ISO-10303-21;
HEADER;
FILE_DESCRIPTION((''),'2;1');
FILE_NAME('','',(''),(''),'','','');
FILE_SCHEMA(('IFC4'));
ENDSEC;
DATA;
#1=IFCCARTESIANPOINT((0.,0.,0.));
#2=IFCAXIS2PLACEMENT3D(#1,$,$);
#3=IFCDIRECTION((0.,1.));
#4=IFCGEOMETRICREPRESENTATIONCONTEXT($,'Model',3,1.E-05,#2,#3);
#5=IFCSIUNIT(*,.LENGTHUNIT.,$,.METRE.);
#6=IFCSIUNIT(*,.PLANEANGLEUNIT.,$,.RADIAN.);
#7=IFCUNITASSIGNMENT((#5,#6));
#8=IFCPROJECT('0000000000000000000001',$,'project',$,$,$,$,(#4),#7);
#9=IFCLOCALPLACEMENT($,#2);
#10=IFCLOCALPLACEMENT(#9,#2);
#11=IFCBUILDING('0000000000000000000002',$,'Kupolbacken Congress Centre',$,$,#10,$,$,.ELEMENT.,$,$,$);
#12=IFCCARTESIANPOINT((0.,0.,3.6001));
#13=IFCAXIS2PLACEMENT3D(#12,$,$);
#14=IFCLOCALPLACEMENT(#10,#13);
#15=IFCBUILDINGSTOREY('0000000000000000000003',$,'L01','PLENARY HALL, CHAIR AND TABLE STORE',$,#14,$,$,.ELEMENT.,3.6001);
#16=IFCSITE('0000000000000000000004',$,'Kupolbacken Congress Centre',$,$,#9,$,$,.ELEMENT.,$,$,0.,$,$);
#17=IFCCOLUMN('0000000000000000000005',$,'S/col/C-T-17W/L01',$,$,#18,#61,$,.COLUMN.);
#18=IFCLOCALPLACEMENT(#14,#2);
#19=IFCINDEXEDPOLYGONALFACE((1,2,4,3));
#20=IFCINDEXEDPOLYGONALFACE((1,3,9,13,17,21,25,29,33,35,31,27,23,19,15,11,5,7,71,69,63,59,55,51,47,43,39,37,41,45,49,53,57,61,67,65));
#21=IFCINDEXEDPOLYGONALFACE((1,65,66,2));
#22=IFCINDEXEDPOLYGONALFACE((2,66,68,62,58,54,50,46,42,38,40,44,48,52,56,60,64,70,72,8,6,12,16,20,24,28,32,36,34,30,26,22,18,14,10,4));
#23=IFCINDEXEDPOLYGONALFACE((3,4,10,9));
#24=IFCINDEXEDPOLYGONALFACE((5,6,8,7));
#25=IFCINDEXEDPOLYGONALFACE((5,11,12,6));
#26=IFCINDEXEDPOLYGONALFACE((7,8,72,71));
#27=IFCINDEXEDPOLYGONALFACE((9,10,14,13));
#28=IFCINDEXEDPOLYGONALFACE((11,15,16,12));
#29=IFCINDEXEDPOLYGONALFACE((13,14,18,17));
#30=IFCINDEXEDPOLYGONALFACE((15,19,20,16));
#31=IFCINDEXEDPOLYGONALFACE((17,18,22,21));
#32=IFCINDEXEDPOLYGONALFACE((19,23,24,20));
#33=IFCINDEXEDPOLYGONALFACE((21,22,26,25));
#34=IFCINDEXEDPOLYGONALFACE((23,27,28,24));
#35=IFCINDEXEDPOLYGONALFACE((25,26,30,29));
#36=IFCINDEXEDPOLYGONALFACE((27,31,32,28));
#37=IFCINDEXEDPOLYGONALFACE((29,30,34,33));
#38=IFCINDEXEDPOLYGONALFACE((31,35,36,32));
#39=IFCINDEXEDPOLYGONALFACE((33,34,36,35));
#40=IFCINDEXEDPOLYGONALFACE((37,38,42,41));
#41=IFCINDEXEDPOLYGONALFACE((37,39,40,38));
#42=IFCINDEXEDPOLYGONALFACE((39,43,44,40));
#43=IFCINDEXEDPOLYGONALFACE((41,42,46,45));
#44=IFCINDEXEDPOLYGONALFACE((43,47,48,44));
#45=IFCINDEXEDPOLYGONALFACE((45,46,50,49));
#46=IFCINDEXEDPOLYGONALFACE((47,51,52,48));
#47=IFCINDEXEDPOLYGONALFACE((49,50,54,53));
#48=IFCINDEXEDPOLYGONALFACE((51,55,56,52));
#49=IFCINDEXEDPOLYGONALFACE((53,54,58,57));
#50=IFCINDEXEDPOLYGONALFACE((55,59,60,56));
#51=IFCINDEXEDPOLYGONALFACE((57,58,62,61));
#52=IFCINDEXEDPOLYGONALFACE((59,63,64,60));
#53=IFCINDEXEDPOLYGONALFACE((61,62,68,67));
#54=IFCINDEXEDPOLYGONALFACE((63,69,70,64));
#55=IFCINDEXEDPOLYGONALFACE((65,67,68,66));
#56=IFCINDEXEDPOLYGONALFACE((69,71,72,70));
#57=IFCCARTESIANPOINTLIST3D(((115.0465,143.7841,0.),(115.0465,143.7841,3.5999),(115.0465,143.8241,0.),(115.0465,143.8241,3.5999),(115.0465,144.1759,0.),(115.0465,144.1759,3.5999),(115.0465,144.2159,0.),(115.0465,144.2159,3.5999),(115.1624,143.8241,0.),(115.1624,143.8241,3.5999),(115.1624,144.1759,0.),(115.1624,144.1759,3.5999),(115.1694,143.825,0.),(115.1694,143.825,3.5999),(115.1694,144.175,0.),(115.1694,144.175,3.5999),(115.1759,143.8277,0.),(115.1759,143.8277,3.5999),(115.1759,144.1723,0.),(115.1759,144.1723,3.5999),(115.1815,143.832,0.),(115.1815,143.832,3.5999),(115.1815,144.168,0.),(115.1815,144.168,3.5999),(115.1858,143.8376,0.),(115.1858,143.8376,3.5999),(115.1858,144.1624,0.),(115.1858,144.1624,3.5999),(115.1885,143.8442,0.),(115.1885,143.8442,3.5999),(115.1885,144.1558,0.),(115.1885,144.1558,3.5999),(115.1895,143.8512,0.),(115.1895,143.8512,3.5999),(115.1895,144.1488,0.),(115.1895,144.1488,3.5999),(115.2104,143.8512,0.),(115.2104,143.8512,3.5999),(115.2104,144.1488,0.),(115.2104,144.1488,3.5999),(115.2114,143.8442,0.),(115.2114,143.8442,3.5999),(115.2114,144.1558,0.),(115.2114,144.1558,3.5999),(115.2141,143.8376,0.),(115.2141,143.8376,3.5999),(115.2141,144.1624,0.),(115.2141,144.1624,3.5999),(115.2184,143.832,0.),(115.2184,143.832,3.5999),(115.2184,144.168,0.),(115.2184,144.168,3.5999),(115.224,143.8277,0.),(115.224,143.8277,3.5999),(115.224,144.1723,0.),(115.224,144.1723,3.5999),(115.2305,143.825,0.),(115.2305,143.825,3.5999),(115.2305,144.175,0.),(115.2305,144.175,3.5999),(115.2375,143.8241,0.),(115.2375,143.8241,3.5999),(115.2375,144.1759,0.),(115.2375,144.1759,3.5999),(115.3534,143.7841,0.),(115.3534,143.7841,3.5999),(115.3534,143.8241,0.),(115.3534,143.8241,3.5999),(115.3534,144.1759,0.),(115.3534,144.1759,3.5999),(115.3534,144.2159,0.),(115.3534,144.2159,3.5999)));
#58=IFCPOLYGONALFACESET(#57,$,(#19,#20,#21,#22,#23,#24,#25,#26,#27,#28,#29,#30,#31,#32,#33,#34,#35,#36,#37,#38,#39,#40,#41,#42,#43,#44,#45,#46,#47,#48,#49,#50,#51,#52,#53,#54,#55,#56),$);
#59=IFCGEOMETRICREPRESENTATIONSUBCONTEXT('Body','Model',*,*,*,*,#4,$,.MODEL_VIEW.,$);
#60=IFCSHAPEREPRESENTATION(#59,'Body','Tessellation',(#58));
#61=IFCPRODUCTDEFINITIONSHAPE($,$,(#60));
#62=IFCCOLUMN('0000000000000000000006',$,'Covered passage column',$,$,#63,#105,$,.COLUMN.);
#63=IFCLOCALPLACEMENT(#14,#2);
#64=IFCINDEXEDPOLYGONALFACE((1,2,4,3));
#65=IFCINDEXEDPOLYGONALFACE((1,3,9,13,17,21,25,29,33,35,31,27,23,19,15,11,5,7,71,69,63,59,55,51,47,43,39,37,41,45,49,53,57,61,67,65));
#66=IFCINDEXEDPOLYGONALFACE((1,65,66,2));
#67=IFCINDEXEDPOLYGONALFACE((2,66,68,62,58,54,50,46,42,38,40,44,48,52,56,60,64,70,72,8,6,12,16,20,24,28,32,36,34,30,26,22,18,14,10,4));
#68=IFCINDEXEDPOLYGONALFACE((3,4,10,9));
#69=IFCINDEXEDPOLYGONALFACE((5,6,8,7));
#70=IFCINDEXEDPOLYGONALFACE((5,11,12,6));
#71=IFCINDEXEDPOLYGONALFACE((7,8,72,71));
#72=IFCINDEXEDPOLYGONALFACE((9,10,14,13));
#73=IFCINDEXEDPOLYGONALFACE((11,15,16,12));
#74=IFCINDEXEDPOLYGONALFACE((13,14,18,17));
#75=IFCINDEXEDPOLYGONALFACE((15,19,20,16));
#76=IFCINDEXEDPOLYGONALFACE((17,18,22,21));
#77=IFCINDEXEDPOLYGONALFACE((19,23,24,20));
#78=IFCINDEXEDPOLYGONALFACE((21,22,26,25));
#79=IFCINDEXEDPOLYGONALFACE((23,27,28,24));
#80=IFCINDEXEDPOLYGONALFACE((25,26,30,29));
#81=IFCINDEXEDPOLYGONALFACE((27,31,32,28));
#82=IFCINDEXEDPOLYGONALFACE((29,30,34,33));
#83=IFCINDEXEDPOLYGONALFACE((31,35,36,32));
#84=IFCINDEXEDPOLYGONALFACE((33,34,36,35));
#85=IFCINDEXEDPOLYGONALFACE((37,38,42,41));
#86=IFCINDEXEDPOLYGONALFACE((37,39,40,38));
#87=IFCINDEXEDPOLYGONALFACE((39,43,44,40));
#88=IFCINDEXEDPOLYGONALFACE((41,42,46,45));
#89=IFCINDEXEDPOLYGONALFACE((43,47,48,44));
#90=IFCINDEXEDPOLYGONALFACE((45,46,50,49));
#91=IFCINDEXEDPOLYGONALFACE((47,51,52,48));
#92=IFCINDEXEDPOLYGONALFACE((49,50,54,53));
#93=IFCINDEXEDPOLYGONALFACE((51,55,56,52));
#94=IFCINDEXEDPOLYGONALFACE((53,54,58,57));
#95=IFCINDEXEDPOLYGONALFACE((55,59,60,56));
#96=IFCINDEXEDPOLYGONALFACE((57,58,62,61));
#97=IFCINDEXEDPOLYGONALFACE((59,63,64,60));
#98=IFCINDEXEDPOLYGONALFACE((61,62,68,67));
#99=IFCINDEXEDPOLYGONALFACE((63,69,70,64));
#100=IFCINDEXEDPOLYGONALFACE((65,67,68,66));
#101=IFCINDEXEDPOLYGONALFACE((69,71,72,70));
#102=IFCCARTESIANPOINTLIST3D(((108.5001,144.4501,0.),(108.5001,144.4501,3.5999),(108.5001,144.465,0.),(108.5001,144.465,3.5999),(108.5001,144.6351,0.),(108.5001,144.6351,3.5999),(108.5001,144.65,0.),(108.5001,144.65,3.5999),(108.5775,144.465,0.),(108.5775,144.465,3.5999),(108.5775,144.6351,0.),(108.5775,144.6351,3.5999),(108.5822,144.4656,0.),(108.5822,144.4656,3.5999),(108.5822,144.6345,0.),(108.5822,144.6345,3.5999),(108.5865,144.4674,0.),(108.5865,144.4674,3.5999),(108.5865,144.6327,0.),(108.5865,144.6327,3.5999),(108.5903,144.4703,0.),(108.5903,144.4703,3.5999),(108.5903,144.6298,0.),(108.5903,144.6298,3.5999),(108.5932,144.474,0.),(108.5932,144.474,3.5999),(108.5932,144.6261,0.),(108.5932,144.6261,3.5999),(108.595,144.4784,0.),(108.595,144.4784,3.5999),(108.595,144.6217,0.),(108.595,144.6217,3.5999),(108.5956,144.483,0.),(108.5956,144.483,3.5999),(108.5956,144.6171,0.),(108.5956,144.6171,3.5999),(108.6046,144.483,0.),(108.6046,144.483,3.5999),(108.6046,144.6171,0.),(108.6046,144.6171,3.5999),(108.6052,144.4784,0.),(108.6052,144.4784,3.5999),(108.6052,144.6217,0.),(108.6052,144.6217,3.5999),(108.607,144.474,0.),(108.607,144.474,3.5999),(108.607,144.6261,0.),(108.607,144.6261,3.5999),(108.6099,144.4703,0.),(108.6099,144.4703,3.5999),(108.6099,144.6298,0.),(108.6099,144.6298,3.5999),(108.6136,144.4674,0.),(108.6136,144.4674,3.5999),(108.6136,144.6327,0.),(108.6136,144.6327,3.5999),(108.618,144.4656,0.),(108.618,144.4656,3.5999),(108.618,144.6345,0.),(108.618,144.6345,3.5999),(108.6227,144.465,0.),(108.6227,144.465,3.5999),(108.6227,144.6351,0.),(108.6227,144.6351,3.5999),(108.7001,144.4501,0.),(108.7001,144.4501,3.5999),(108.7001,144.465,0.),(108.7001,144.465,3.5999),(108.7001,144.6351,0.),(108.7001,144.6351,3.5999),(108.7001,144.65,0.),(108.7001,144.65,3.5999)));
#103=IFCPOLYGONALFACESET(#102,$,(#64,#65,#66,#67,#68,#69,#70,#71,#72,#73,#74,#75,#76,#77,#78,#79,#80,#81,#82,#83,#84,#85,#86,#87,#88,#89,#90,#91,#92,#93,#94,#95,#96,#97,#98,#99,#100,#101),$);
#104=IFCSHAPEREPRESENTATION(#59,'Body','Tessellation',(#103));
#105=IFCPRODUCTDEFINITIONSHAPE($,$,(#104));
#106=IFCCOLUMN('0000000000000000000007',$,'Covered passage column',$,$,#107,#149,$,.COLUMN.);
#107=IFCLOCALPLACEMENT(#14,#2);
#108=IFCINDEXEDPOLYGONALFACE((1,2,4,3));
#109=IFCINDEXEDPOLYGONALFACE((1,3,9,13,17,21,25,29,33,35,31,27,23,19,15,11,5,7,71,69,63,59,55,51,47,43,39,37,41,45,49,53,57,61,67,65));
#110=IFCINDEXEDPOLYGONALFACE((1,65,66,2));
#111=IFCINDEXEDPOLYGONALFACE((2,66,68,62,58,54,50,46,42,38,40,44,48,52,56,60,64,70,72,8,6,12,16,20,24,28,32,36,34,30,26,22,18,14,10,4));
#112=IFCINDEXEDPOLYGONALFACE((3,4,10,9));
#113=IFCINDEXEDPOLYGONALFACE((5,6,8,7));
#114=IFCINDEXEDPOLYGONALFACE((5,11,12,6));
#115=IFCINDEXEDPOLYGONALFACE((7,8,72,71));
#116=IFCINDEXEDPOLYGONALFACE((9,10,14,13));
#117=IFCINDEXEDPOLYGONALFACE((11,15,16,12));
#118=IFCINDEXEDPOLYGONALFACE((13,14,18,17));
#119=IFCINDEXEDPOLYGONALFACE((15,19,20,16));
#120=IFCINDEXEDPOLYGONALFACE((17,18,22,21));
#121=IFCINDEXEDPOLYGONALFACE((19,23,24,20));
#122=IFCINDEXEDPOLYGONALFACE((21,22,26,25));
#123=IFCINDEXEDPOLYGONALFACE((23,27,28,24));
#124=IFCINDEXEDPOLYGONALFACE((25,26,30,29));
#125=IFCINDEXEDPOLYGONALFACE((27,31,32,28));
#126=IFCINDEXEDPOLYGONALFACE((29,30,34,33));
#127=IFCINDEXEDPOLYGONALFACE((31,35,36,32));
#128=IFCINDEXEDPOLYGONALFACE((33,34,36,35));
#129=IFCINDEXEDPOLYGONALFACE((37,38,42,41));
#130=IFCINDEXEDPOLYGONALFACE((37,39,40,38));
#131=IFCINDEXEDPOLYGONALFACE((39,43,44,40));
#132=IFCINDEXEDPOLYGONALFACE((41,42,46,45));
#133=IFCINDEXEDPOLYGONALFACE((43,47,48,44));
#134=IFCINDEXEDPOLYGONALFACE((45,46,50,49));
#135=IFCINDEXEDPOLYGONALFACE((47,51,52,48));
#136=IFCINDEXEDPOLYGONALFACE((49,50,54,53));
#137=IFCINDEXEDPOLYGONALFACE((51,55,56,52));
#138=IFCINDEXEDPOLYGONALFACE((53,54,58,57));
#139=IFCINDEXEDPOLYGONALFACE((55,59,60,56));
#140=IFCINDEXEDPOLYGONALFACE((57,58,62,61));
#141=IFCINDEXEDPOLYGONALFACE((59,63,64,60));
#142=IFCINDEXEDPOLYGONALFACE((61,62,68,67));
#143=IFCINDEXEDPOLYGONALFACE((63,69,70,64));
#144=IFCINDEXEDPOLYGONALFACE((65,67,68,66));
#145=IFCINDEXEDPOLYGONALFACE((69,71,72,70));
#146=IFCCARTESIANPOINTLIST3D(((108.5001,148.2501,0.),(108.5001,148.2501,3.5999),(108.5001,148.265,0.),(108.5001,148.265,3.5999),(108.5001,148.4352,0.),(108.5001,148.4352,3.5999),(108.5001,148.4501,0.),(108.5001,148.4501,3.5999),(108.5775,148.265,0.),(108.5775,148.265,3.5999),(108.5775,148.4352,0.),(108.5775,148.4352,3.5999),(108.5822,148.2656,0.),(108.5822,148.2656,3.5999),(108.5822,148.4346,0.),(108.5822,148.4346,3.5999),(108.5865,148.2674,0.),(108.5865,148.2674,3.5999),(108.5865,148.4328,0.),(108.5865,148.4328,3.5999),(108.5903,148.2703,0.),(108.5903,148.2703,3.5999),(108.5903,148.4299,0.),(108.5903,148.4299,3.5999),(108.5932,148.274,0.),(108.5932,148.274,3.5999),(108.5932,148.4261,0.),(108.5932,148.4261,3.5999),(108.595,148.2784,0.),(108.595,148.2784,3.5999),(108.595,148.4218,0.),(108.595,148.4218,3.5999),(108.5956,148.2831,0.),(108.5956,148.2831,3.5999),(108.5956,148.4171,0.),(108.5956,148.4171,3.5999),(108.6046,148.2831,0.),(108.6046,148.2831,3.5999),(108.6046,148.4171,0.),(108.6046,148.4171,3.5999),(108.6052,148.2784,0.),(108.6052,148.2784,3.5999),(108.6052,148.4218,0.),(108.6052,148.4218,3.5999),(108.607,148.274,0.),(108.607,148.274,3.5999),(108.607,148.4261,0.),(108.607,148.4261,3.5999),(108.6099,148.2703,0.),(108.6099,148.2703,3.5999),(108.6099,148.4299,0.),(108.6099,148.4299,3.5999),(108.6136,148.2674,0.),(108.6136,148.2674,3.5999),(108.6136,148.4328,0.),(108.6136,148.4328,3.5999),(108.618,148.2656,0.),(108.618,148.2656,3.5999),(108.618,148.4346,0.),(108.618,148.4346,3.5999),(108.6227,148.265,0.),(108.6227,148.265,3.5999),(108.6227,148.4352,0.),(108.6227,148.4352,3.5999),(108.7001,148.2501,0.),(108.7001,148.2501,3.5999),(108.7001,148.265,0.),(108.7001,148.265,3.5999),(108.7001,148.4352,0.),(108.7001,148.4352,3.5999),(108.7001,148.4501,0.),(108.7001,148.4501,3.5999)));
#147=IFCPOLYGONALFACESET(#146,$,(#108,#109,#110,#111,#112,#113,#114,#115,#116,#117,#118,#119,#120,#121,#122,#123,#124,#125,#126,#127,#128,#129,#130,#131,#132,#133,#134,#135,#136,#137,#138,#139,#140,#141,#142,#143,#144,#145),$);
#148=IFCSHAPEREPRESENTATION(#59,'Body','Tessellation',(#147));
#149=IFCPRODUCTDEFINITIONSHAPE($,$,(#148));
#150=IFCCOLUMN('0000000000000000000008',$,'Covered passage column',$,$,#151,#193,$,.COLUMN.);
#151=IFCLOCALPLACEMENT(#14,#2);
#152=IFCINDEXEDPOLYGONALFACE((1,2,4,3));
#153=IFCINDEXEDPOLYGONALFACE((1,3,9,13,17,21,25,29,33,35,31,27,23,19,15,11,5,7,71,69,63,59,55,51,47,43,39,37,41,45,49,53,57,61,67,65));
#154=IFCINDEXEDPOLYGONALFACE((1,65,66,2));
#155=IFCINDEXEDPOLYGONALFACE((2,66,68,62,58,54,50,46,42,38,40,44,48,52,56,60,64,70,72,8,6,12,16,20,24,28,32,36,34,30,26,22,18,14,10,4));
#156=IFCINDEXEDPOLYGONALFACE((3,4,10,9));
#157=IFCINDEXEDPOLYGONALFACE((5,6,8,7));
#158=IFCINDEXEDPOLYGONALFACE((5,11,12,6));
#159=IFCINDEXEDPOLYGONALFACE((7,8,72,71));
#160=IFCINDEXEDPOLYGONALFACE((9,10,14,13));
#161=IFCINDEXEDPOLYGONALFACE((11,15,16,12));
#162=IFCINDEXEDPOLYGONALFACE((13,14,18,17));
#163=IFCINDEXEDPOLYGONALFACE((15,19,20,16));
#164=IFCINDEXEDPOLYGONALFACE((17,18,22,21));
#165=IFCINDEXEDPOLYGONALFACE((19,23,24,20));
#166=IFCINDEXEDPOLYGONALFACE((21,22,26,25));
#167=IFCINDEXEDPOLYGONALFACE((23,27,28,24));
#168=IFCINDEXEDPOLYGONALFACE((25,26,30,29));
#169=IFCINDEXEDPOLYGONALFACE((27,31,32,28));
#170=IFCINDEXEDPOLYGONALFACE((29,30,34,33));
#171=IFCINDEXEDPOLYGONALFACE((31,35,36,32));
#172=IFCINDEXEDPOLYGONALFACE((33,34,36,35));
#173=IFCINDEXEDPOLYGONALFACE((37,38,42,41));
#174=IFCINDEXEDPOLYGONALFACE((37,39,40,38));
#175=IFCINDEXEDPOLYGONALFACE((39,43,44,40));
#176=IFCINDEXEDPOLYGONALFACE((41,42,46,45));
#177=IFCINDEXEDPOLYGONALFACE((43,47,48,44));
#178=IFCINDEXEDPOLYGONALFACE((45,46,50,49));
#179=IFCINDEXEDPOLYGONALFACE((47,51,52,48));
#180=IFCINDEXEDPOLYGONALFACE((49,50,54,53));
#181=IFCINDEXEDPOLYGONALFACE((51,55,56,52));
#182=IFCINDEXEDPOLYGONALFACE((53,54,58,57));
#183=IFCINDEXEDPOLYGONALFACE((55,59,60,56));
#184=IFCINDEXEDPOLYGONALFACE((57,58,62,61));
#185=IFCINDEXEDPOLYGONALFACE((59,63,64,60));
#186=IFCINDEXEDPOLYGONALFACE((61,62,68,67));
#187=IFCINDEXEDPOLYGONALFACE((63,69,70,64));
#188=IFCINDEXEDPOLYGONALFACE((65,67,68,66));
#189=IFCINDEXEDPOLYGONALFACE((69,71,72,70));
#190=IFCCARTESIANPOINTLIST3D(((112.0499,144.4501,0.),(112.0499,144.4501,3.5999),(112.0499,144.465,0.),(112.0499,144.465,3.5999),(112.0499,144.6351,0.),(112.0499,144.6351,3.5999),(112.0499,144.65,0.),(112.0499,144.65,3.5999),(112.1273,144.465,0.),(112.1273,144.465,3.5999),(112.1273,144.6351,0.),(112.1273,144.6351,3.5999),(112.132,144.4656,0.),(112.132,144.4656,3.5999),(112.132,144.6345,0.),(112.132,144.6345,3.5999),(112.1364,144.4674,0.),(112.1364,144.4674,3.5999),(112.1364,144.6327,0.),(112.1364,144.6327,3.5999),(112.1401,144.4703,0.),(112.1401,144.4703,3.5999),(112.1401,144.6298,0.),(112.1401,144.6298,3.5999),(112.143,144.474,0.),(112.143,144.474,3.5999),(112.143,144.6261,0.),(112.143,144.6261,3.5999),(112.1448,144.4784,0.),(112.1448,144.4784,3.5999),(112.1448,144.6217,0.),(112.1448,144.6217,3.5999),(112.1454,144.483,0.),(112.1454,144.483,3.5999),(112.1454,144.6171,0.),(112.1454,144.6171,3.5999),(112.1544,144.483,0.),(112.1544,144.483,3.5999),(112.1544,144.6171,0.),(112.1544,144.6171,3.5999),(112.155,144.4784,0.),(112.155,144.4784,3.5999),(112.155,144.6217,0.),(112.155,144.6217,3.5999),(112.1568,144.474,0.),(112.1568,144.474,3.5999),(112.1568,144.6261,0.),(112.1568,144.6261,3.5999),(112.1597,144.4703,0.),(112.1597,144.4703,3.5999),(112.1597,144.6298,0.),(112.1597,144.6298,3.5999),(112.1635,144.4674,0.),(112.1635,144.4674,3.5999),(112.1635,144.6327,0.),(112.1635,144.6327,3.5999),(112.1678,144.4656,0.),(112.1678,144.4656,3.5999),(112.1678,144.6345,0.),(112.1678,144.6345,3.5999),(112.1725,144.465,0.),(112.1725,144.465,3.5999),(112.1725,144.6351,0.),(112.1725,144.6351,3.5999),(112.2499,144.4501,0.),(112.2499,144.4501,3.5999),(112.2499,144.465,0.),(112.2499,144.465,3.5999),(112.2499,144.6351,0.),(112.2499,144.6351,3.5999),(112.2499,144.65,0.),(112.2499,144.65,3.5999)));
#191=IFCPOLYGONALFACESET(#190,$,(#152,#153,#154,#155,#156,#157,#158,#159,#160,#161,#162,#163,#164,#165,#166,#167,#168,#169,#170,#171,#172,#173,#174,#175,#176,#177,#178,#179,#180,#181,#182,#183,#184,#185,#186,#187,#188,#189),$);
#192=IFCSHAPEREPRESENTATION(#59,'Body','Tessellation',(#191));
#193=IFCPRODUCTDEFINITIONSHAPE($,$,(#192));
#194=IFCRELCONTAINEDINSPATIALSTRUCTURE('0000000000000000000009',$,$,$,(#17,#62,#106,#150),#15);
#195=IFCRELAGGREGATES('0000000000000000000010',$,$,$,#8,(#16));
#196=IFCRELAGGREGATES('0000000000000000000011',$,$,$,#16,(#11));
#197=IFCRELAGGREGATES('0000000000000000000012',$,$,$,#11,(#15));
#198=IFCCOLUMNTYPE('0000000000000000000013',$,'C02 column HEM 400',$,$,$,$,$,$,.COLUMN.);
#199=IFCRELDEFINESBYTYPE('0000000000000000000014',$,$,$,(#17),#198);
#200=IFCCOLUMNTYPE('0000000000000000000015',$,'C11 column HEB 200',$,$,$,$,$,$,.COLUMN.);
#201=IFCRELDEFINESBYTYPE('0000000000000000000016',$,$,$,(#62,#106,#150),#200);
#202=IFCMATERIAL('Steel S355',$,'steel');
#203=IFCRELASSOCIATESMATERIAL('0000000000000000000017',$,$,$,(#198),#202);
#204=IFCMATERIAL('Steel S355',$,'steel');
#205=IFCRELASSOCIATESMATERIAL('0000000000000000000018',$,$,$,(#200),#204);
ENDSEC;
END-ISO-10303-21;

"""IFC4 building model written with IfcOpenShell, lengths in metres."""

from ifc_helpers import new_model, si_unit, direction, frame, origin, origin_2d, place, context, subcontext, project, spatial, i_section, extrude, material, material_profile, profile_set, type_object, element, save


model = new_model("IFC4")

# Units and contexts
model_context = context("Model", 3, precision=1e-05, world=origin(), true_north=direction((0.0, 1.0)))
body_context = subcontext(model_context, "Body", "Model", "MODEL_VIEW")
ifc_project = project(units=[si_unit("LENGTHUNIT", "METRE"), si_unit("PLANEANGLEUNIT", "RADIAN")], contexts=[model_context])

# Site, building, storey
site_placement = place(None, origin())
site = spatial("IfcSite", under=ifc_project, at=site_placement, Name="Kupolbacken Congress Centre", CompositionType="ELEMENT", RefElevation=0.0)
building_placement = place(site_placement, origin())
building = spatial("IfcBuilding", under=site, at=building_placement, Name="Kupolbacken Congress Centre", CompositionType="ELEMENT")
storey_placement = place(building_placement, frame((0.0, 0.0, 3.6001)))
storey = spatial("IfcBuildingStorey", under=building, at=storey_placement, Name="L01", Description="PLENARY HALL, CHAIR AND TABLE STORE", CompositionType="ELEMENT", Elevation=3.6001)

# Columns
ifc_material_1 = material(Name="Steel S355", Category="steel")
ifc_material_profile_1 = material_profile(ifc_material_1, i_section(OverallWidth=0.3069, OverallDepth=0.4319, WebThickness=0.021, FlangeThickness=0.04, FilletRadius=0.0271, at=origin_2d()), Name="HEM 400")
ifc_profile_set_1 = profile_set([ifc_material_profile_1], Name="Steel S355")
column_type_1 = type_object("IfcColumnType", Name="C02 column HEM 400", PredefinedType="COLUMN", material=ifc_profile_set_1)
column_placement = place(storey_placement, frame((115.2, 144.0, 0.0), z_axis=(0.0, 0.0, 1.0), x_axis=(1.0, 0.0, 0.0)))
element("IfcColumn", 1, at=column_placement, inside=storey, type_object=column_type_1, Name="S/col/C-T-17W/L01", PredefinedType="COLUMN", context=body_context, shape_type="SweptSolid", body=[
    extrude(i_section(OverallWidth=0.3069, OverallDepth=0.4319, WebThickness=0.021, FlangeThickness=0.04, FilletRadius=0.0271, at=origin_2d()), origin(), (0.0, 0.0, 1.0), 3.5999),
])
ifc_material_2 = material(Name="Steel S355", Category="steel")
ifc_material_profile_2 = material_profile(ifc_material_2, i_section(OverallWidth=0.2, OverallDepth=0.2, WebThickness=0.009, FlangeThickness=0.0149, FilletRadius=0.0181, at=origin_2d()), Name="HEB 200")
ifc_profile_set_2 = profile_set([ifc_material_profile_2], Name="Steel S355")
column_type_2 = type_object("IfcColumnType", Name="C11 column HEB 200", PredefinedType="COLUMN", material=ifc_profile_set_2)
for number, where, z_axis, x_axis, name in (
    (2, (108.6001, 144.55, 0.0), (0.0, 0.0, 1.0), (1.0, 0.0, 0.0), "Covered passage column"),
    (3, (108.6001, 148.3501, 0.0), (0.0, 0.0, 1.0), (1.0, 0.0, 0.0), "Covered passage column"),
    (4, (112.1499, 144.55, 0.0), (0.0, 0.0, 1.0), (1.0, 0.0, 0.0), "Covered passage column"),
):
    element("IfcColumn", number, at=place(storey_placement, frame(where, z_axis=z_axis, x_axis=x_axis)), inside=storey, type_object=column_type_2, Name=name, PredefinedType="COLUMN", context=body_context, shape_type="SweptSolid", body=[
        extrude(i_section(OverallWidth=0.2, OverallDepth=0.2, WebThickness=0.009, FlangeThickness=0.0149, FilletRadius=0.0181, at=origin_2d()), origin(), (0.0, 0.0, 1.0), 3.5999),
    ])

save(model, "model.ifc")
